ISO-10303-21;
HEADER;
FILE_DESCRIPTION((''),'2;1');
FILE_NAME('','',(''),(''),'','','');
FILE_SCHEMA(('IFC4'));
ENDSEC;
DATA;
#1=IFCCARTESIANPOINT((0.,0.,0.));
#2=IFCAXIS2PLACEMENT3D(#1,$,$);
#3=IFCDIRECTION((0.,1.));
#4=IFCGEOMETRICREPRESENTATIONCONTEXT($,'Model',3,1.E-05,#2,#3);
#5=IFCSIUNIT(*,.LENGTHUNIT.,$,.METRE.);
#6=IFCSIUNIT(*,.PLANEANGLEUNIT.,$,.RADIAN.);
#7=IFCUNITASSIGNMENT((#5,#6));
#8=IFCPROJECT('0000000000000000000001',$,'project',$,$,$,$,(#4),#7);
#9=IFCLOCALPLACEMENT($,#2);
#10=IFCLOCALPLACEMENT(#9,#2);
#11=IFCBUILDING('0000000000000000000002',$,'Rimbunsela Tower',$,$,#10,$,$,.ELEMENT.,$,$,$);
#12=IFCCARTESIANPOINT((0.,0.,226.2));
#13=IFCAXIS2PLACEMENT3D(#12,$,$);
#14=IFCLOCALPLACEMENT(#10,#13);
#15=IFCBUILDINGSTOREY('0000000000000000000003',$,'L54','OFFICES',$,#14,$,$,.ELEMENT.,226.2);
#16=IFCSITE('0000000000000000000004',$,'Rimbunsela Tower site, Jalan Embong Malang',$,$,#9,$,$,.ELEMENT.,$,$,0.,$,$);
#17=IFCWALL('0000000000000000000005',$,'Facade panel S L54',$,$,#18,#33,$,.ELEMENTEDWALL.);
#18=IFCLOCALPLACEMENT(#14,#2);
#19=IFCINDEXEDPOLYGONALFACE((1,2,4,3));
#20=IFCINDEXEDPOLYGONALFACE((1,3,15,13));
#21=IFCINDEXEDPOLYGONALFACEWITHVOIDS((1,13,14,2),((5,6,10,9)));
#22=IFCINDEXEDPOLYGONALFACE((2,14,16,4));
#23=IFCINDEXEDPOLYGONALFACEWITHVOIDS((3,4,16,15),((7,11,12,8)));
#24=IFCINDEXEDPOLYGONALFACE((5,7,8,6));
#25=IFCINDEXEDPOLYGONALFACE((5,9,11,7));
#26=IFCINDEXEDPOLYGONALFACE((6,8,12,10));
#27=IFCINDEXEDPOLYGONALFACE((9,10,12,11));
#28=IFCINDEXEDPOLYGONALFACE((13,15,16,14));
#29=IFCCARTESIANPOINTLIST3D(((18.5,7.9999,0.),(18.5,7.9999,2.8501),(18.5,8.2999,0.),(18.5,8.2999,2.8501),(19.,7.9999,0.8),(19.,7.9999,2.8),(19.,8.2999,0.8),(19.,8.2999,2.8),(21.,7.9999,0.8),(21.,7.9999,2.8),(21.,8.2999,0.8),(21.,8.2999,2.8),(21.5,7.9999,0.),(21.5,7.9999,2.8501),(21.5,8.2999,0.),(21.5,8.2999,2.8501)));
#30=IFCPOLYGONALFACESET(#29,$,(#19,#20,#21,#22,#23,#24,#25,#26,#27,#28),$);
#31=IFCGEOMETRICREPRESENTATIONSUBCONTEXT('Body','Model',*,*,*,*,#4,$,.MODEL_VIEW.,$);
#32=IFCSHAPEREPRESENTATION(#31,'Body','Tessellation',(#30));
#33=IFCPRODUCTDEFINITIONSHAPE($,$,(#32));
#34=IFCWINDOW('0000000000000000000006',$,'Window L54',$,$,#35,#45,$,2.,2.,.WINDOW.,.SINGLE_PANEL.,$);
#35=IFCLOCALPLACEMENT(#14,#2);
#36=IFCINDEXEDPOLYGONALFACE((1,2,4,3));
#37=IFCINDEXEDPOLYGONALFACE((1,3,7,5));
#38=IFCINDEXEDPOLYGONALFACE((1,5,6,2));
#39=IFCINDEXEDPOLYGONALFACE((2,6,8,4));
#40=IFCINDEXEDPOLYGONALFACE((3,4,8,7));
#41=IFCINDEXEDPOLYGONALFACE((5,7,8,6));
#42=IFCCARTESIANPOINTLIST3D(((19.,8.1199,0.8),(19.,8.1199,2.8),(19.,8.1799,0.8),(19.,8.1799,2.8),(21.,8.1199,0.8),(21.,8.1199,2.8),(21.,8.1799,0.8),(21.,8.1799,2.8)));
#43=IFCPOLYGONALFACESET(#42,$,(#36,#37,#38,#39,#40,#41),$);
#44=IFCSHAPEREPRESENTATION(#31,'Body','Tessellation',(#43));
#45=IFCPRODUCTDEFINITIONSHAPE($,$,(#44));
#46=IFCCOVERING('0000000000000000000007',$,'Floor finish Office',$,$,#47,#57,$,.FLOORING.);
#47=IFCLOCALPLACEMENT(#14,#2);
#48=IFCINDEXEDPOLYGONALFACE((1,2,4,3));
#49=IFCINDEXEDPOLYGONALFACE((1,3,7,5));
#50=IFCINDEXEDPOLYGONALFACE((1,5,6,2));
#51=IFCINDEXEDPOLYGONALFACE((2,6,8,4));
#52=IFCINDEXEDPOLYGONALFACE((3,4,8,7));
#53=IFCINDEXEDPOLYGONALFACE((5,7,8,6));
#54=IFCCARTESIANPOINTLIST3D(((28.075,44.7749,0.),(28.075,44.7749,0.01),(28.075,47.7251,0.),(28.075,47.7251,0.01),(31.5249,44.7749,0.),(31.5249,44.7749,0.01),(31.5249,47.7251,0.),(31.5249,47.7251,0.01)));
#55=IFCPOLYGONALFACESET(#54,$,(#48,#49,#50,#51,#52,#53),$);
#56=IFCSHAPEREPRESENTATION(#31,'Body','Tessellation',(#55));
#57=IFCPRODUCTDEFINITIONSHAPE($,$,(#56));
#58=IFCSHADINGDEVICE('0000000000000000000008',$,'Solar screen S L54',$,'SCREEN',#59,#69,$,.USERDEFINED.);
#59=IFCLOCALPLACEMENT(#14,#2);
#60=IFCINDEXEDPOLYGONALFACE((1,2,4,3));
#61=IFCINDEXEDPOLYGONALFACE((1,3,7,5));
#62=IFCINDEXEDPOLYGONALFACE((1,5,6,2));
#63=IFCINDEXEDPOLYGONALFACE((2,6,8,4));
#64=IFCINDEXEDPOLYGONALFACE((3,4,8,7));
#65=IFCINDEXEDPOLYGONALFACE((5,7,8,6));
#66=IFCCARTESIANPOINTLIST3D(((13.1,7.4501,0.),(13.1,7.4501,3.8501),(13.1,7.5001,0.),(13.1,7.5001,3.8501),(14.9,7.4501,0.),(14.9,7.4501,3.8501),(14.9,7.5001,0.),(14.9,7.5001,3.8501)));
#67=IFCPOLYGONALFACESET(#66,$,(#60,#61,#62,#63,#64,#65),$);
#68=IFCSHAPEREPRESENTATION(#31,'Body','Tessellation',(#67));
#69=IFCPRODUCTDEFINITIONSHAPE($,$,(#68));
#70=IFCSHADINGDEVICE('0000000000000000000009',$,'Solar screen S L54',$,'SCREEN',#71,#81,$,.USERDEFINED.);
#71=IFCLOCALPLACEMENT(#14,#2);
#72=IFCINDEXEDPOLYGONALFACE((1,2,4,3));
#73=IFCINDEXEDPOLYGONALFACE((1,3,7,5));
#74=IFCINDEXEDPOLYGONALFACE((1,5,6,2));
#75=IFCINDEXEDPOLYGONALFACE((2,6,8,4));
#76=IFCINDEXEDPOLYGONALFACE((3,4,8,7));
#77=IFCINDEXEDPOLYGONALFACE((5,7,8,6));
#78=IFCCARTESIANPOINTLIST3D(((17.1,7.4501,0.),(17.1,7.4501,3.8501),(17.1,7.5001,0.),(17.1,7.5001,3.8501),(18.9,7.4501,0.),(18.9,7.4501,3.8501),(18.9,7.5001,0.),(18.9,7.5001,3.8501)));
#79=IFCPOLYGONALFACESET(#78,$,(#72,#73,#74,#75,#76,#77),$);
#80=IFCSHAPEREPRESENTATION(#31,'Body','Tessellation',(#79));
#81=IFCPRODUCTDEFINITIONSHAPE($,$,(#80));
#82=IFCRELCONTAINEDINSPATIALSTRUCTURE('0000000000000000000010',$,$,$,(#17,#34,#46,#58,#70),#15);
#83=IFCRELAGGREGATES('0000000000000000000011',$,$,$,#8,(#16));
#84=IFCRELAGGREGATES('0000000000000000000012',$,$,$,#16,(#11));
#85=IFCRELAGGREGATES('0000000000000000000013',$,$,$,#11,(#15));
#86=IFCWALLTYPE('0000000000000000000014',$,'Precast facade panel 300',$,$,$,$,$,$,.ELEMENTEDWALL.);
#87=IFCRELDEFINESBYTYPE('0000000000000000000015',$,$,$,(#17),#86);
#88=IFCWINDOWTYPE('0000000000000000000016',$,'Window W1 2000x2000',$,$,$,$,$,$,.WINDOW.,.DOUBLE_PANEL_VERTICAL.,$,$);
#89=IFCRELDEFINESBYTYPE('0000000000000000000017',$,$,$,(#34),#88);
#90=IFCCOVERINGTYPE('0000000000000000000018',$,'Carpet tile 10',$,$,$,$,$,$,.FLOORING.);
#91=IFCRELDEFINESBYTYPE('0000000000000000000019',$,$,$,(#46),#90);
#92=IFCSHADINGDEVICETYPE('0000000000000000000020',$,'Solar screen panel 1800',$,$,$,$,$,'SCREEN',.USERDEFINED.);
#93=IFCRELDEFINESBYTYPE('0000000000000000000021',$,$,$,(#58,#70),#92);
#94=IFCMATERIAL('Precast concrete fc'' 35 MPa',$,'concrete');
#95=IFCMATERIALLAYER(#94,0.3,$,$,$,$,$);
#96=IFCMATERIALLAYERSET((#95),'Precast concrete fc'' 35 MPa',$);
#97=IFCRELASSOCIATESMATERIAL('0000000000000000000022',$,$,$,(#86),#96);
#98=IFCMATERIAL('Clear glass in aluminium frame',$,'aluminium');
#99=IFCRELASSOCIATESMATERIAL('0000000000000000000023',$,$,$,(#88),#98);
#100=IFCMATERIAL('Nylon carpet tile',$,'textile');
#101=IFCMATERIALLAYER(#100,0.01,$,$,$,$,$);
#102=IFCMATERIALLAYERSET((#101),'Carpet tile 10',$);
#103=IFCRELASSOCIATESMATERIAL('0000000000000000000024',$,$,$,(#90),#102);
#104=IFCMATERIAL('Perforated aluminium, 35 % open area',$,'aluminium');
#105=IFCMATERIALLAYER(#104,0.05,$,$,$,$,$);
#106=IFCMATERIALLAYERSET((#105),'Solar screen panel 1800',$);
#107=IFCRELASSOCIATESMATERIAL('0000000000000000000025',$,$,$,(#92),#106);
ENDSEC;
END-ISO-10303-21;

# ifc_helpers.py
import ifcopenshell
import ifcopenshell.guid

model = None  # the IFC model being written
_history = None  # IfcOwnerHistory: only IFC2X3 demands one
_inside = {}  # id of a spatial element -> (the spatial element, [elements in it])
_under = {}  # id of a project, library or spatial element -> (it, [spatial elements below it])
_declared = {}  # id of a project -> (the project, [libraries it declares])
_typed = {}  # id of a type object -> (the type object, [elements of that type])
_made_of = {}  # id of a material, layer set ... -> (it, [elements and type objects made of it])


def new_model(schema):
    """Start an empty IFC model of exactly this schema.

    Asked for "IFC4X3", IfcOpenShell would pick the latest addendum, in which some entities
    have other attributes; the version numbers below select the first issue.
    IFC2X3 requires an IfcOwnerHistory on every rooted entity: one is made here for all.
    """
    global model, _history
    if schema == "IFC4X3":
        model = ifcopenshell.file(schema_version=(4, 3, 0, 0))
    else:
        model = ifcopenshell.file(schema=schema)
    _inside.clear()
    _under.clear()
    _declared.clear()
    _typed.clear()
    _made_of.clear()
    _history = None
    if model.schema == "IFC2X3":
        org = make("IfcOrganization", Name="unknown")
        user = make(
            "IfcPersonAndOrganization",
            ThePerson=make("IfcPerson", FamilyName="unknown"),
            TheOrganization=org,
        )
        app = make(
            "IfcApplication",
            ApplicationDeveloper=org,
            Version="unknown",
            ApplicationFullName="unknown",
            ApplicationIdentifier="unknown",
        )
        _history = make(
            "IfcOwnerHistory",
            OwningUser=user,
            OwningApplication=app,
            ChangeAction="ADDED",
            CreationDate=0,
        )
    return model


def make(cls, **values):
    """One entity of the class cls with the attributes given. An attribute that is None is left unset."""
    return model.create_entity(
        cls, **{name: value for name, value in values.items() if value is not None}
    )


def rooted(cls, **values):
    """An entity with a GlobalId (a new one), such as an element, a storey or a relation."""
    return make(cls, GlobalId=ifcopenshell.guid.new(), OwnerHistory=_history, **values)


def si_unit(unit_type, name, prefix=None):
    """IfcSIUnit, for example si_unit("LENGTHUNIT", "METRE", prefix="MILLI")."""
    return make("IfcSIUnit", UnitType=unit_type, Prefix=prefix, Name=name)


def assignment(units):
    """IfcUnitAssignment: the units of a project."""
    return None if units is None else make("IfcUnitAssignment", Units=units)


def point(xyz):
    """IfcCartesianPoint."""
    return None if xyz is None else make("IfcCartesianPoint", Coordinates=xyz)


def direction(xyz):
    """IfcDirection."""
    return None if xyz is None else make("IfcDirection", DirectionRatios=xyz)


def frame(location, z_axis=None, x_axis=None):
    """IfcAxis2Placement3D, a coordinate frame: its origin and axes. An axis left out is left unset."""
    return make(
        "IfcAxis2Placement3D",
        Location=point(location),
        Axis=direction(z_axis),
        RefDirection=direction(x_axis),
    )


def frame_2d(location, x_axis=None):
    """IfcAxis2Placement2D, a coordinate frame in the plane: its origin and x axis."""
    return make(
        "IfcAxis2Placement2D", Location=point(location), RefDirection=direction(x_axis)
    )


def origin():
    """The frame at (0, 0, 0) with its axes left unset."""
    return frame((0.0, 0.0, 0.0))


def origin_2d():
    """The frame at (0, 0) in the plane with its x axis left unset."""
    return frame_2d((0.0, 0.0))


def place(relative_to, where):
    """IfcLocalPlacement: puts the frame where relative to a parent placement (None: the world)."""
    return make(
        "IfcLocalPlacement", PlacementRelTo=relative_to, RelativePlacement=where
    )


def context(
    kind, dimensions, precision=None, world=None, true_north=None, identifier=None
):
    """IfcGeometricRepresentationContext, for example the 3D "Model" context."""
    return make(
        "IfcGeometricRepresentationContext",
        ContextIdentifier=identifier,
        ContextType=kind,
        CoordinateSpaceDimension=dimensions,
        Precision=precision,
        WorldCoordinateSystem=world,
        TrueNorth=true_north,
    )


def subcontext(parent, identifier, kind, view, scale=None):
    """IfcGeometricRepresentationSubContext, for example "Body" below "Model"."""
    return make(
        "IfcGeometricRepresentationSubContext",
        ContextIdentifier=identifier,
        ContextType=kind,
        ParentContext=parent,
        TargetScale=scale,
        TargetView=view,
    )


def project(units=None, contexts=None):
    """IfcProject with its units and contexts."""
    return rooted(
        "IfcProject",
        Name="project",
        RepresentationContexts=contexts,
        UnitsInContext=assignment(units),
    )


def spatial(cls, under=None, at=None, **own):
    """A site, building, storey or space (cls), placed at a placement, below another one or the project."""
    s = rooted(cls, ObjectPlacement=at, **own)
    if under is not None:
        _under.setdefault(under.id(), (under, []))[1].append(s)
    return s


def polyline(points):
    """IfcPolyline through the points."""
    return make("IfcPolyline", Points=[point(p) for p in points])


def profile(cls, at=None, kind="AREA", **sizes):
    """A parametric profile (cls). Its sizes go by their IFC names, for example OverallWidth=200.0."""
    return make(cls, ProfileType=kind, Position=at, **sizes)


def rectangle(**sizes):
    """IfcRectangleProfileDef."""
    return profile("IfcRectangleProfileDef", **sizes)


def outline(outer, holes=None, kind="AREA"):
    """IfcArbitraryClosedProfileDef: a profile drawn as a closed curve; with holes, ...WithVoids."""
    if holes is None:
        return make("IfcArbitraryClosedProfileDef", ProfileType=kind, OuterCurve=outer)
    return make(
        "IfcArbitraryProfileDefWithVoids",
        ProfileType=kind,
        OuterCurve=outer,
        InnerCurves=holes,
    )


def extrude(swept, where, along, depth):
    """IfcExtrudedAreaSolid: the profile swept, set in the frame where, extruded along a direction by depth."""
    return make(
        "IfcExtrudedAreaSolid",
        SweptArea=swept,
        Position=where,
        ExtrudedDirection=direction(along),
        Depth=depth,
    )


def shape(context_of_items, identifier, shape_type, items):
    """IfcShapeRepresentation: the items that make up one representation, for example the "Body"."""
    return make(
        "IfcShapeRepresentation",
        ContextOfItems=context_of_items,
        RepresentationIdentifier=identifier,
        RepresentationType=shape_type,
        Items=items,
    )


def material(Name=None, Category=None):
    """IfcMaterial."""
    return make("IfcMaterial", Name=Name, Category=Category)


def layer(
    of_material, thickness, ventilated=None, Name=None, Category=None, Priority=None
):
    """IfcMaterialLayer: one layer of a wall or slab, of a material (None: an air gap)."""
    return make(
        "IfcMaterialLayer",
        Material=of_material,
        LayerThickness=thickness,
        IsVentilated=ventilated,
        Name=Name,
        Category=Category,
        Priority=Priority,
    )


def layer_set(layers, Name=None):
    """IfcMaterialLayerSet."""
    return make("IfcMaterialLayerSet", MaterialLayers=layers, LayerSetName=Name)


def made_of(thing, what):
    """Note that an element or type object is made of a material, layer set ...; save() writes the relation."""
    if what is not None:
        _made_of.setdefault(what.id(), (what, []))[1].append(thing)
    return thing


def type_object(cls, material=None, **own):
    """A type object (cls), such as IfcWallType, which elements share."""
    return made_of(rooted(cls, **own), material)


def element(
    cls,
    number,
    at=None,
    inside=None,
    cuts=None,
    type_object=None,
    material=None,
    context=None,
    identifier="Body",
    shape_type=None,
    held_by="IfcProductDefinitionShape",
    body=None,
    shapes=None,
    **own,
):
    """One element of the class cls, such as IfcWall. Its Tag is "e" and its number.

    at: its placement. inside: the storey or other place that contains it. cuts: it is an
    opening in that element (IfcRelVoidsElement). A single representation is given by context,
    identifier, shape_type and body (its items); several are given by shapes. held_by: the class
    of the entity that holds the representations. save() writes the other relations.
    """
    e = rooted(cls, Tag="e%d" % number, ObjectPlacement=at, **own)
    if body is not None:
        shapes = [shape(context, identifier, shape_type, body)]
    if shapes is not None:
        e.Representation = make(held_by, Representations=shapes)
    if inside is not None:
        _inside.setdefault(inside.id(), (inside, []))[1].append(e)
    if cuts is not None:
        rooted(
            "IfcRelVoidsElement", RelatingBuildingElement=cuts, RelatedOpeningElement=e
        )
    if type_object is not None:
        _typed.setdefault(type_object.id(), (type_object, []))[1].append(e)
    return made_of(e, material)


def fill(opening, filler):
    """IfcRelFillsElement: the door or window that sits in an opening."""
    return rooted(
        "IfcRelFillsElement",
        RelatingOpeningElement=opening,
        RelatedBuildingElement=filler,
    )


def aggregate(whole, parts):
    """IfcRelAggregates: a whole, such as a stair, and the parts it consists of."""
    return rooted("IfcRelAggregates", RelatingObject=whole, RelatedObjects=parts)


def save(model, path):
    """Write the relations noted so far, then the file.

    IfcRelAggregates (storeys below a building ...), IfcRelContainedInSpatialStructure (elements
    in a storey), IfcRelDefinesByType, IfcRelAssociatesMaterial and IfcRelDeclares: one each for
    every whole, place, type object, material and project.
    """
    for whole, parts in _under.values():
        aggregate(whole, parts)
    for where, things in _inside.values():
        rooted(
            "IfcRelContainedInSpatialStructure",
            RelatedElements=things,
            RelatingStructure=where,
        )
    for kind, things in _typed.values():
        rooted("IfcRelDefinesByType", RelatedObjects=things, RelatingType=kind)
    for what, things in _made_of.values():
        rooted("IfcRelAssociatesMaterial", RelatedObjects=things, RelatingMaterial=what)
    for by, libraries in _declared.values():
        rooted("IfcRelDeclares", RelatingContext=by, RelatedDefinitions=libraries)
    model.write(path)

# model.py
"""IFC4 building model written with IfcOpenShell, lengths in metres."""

from ifc_helpers import new_model, si_unit, direction, frame, frame_2d, origin, origin_2d, place, context, subcontext, project, spatial, polyline, rectangle, outline, extrude, material, layer, layer_set, type_object, element, fill, save


model = new_model("IFC4")

# Units and contexts
model_context = context("Model", 3, precision=1e-05, world=origin(), true_north=direction((0.0, 1.0)))
body_context = subcontext(model_context, "Body", "Model", "MODEL_VIEW")
ifc_project = project(units=[si_unit("LENGTHUNIT", "METRE"), si_unit("PLANEANGLEUNIT", "RADIAN")], contexts=[model_context])

# Site, building, storey
site_placement = place(None, origin())
site = spatial("IfcSite", under=ifc_project, at=site_placement, Name="Rimbunsela Tower site, Jalan Embong Malang", CompositionType="ELEMENT", RefElevation=0.0)
building_placement = place(site_placement, origin())
building = spatial("IfcBuilding", under=site, at=building_placement, Name="Rimbunsela Tower", CompositionType="ELEMENT")
storey_placement = place(building_placement, frame((0.0, 0.0, 226.2)))
storey = spatial("IfcBuildingStorey", under=building, at=storey_placement, Name="L54", Description="OFFICES", CompositionType="ELEMENT", Elevation=226.2)

# Shared definitions
ifc_material_1 = material(Name="Precast concrete fc' 35 MPa", Category="concrete")
ifc_layer_1 = layer(ifc_material_1, 0.3)
ifc_layer_set_1 = layer_set([ifc_layer_1], Name="Precast concrete fc' 35 MPa")
wall_type = type_object("IfcWallType", Name="Precast facade panel 300", PredefinedType="ELEMENTEDWALL", material=ifc_layer_set_1)

# Wall, opening, window
ifc_material_2 = material(Name="Clear glass in aluminium frame", Category="aluminium")
window_type = type_object("IfcWindowType", Name="Window W1 2000x2000", PartitioningType="DOUBLE_PANEL_VERTICAL", PredefinedType="WINDOW", material=ifc_material_2)
wall_1_placement = place(storey_placement, frame((18.5, 8.1499, 0.0), z_axis=(0.0, 0.0, 1.0), x_axis=(1.0, 0.0, 0.0)))
wall_1 = element("IfcWall", 1, at=wall_1_placement, inside=storey, type_object=wall_type, Name="Facade panel S L54", PredefinedType="ELEMENTEDWALL", context=body_context, shape_type="SweptSolid", body=[
    extrude(rectangle(XDim=3.0, YDim=0.3, at=frame_2d((1.5, 0.0))), origin(), (0.0, 0.0, 1.0), 2.8501),
])
opening_1_placement = place(wall_1_placement, frame((0.5, 0.0, 0.8)))
opening_1 = element("IfcOpeningElement", 2, at=opening_1_placement, cuts=wall_1, PredefinedType="OPENING", context=body_context, shape_type="SweptSolid", body=[
    extrude(rectangle(XDim=2.0, YDim=2.0, at=frame_2d((1.0, 1.0))), frame((0.0, 0.1599, 0.0), z_axis=(0.0, -1.0, 0.0), x_axis=(1.0, 0.0, 0.0)), (0.0, 0.0, 1.0), 0.3201),
])
window_1_placement = place(opening_1_placement, origin())
window_1 = element("IfcWindow", 3, at=window_1_placement, inside=storey, type_object=window_type, Name="Window L54", OverallHeight=2.0, OverallWidth=2.0, PartitioningType="SINGLE_PANEL", PredefinedType="WINDOW", context=body_context, shape_type="SweptSolid", body=[
    extrude(rectangle(XDim=2.0, YDim=2.0, at=frame_2d((1.0, 1.0))), frame((0.0, 0.03, 0.0), z_axis=(0.0, -1.0, 0.0), x_axis=(1.0, 0.0, 0.0)), (0.0, 0.0, 1.0), 0.0601),
])
fill(opening_1, window_1)

# Covering
ifc_material_3 = material(Name="Nylon carpet tile", Category="textile")
ifc_layer_2 = layer(ifc_material_3, 0.01)
ifc_layer_set_2 = layer_set([ifc_layer_2], Name="Carpet tile 10")
covering_type = type_object("IfcCoveringType", Name="Carpet tile 10", PredefinedType="FLOORING", material=ifc_layer_set_2)
covering_placement = place(storey_placement, origin())
element("IfcCovering", 4, at=covering_placement, inside=storey, type_object=covering_type, Name="Floor finish Office", PredefinedType="FLOORING", context=body_context, shape_type="SweptSolid", body=[
    extrude(outline(polyline([(31.5249, 44.7749), (31.5249, 47.7251), (28.075, 47.7251), (28.075, 44.7749), (31.5249, 44.7749)])), origin(), (0.0, 0.0, 1.0), 0.01),
])

# Shading devices
ifc_material_4 = material(Name="Perforated aluminium, 35 % open area", Category="aluminium")
ifc_layer_3 = layer(ifc_material_4, 0.05)
ifc_layer_set_3 = layer_set([ifc_layer_3], Name="Solar screen panel 1800")
shading_device_type = type_object("IfcShadingDeviceType", Name="Solar screen panel 1800", ElementType="SCREEN", PredefinedType="USERDEFINED", material=ifc_layer_set_3)
for number, where, z_axis, x_axis, name in (
    (5, (14.0, 7.4751, 0.0), (0.0, 0.0, 1.0), (1.0, 0.0, 0.0), "Solar screen S L54"),
    (6, (18.0, 7.4751, 0.0), (0.0, 0.0, 1.0), (1.0, 0.0, 0.0), "Solar screen S L54"),
):
    element("IfcShadingDevice", number, at=place(storey_placement, frame(where, z_axis=z_axis, x_axis=x_axis)), inside=storey, type_object=shading_device_type, Name=name, ObjectType="SCREEN", PredefinedType="USERDEFINED", context=body_context, shape_type="SweptSolid", body=[
        extrude(rectangle(XDim=1.8, YDim=0.05, at=origin_2d()), origin(), (0.0, 0.0, 1.0), 3.8501),
    ])

save(model, "model.ifc")
